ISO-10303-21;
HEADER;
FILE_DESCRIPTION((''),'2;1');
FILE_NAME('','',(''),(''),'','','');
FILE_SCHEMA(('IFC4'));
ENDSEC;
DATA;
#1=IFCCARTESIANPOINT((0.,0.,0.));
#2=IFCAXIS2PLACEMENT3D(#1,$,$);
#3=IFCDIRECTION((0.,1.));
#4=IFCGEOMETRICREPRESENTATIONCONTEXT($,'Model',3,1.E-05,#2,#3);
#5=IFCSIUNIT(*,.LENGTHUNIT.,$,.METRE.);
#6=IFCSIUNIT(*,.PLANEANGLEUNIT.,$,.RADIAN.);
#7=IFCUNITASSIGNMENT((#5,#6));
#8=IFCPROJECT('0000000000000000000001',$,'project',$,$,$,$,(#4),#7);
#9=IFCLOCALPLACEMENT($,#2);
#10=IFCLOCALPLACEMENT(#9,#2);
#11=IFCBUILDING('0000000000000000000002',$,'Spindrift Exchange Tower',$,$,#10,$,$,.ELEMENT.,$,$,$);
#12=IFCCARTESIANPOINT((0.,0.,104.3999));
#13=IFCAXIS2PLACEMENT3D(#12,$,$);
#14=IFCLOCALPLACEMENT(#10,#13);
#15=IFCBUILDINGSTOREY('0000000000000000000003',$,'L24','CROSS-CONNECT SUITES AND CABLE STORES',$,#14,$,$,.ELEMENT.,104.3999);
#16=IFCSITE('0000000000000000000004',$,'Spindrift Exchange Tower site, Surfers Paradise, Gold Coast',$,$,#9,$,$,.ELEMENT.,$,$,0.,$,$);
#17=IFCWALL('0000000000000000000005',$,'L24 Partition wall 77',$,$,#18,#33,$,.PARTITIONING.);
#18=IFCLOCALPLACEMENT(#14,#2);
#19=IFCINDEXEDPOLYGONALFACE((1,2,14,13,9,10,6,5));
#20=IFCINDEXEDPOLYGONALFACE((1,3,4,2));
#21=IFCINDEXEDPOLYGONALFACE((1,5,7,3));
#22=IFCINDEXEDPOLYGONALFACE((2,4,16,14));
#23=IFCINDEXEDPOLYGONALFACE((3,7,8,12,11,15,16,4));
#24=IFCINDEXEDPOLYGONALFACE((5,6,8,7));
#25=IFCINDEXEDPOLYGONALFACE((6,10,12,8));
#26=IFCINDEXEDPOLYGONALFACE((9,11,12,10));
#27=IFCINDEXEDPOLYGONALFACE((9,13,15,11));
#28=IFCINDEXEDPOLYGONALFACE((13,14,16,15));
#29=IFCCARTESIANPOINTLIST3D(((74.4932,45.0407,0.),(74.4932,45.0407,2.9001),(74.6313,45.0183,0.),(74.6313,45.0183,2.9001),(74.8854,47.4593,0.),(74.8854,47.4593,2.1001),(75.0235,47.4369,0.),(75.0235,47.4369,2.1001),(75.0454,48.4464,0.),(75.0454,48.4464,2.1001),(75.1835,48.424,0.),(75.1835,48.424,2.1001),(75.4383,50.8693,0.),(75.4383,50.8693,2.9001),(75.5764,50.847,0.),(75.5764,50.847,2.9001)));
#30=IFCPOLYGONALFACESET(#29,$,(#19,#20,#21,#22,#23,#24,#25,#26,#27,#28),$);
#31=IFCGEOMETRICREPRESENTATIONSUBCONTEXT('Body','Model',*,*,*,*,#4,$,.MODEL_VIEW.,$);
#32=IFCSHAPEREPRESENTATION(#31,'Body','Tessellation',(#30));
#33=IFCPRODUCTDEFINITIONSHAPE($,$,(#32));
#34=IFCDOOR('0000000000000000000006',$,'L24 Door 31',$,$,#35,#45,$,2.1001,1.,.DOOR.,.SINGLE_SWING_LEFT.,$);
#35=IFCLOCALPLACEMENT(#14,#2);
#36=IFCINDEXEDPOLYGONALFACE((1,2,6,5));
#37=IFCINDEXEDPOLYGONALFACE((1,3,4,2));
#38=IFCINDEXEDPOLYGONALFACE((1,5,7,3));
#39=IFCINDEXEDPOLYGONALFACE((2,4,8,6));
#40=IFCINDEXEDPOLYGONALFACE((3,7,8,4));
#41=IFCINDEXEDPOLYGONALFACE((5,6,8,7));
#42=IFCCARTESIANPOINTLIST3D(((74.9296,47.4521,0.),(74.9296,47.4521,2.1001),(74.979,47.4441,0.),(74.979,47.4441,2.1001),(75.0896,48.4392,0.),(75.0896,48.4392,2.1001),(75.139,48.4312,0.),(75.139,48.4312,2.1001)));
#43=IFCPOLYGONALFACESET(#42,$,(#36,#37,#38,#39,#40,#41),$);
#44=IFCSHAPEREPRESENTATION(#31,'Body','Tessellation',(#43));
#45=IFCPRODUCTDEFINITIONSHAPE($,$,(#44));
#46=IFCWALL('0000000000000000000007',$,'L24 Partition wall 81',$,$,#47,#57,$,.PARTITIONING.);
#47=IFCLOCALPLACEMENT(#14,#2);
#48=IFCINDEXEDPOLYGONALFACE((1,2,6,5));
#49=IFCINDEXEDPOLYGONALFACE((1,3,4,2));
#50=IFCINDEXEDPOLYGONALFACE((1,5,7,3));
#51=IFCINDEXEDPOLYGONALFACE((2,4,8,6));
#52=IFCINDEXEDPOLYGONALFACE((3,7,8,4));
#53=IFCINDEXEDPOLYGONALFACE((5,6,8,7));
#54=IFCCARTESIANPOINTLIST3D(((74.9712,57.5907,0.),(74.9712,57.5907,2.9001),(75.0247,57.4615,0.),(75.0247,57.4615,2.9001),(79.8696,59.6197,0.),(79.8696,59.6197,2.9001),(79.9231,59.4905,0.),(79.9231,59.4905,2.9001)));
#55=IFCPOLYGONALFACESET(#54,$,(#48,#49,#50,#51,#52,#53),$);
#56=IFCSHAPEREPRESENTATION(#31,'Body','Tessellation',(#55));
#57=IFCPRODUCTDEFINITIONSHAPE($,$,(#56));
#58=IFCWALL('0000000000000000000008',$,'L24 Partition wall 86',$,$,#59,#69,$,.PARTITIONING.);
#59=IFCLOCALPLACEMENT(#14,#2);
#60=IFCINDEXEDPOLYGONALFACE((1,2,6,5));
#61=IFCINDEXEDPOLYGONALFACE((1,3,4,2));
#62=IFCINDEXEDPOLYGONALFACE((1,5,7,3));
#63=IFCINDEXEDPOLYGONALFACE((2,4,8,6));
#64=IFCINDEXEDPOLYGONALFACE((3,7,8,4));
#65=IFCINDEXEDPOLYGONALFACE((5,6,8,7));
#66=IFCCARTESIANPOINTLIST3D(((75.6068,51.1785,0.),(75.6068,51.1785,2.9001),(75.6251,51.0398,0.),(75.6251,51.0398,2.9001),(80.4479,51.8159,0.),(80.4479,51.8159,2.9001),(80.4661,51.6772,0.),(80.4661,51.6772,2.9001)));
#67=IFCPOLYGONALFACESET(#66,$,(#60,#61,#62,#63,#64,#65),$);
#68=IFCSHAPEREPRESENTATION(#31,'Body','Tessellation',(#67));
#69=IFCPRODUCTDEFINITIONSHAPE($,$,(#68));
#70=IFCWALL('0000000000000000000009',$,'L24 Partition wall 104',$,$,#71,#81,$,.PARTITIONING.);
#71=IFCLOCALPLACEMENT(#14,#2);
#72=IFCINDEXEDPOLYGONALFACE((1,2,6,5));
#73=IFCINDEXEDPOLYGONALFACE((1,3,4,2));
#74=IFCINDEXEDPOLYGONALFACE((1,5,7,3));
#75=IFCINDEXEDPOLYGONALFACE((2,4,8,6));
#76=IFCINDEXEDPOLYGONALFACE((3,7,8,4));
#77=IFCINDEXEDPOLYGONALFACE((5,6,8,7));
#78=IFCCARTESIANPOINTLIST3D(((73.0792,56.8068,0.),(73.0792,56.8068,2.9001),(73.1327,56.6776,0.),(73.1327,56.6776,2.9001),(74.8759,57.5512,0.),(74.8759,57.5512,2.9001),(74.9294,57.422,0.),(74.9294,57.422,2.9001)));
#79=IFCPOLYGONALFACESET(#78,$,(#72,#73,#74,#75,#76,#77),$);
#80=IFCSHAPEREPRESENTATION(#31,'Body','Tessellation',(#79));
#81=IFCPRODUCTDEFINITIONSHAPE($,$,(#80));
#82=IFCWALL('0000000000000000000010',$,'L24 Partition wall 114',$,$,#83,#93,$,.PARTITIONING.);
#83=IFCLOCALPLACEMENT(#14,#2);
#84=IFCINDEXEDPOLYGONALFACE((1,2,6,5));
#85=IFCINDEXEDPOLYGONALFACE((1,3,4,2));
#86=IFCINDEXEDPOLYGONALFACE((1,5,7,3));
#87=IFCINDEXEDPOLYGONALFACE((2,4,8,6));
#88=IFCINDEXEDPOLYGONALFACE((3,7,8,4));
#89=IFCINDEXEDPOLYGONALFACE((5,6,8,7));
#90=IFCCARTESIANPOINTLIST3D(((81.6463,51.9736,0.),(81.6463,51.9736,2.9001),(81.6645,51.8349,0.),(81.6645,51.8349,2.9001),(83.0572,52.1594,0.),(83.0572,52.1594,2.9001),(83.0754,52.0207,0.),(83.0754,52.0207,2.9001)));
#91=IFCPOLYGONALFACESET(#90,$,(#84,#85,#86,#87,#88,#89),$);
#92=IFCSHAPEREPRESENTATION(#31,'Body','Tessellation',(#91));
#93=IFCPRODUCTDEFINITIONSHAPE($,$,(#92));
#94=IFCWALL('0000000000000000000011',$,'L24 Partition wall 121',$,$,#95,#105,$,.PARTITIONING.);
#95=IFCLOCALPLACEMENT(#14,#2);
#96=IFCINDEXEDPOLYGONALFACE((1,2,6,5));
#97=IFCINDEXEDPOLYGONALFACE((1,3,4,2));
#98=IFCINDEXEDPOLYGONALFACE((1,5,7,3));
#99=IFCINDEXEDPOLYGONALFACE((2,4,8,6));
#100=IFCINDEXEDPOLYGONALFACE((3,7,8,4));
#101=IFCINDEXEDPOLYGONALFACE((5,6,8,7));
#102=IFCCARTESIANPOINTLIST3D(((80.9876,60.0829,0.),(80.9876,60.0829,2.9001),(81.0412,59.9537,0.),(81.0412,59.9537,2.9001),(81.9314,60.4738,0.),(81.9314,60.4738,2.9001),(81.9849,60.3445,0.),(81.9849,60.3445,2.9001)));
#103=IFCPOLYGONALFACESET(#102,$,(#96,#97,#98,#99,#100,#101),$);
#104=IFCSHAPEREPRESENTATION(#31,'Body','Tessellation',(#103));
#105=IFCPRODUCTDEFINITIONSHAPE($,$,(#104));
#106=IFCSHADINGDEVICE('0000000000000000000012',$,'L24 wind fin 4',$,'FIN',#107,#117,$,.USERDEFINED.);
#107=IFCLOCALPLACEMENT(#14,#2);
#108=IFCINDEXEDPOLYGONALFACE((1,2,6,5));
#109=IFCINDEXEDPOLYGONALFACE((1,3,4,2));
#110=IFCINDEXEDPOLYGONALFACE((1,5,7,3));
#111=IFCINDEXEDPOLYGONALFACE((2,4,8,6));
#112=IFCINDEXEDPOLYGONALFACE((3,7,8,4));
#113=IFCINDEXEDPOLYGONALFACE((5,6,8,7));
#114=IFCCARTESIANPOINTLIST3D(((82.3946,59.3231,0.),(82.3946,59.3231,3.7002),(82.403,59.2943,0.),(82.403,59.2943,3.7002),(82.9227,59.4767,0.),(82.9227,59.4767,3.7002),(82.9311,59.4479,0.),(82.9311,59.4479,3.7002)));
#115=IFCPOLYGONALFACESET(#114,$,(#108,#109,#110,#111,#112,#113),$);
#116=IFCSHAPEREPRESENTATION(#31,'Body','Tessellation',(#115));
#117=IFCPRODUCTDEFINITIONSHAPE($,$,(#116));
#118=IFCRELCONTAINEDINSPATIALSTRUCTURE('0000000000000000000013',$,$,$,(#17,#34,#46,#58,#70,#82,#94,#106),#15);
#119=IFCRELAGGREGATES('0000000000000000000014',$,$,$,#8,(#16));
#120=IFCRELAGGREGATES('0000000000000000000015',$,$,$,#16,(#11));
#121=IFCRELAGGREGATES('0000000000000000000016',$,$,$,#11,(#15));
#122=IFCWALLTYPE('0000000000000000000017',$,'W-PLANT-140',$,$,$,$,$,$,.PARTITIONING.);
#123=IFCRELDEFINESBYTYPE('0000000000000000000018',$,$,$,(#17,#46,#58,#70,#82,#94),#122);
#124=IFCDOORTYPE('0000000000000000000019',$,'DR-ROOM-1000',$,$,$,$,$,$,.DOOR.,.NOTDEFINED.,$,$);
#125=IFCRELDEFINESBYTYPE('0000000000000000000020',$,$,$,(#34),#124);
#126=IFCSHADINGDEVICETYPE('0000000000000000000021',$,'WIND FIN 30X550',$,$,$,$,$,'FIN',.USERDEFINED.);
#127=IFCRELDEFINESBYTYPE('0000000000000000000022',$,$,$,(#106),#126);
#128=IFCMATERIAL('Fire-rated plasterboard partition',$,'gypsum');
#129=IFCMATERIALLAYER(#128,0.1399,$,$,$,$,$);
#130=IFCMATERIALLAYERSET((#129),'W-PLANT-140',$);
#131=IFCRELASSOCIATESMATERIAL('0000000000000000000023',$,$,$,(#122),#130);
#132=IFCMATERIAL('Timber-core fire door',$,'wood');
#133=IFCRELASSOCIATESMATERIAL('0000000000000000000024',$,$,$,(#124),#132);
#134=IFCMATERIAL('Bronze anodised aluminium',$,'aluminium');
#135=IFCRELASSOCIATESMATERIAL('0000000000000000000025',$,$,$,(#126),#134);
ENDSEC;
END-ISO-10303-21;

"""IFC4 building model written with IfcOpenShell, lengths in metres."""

from ifc_helpers import new_model, si_unit, direction, frame, frame_2d, origin, origin_2d, place, context, subcontext, project, spatial, rectangle, extrude, source, transform, mapped, material, layer, layer_set, material_profile, profile_set, type_object, element, fill, save


model = new_model("IFC4")

# Units and contexts
model_context = context("Model", 3, precision=1e-05, world=origin(), true_north=direction((0.0, 1.0)))
body_context = subcontext(model_context, "Body", "Model", "MODEL_VIEW")
ifc_project = project(units=[si_unit("LENGTHUNIT", "METRE"), si_unit("PLANEANGLEUNIT", "RADIAN")], contexts=[model_context])

# Site, building, storey
site_placement = place(None, origin())
site = spatial("IfcSite", under=ifc_project, at=site_placement, Name="Spindrift Exchange Tower site, Surfers Paradise, Gold Coast", CompositionType="ELEMENT", RefElevation=0.0)
building_placement = place(site_placement, origin())
building = spatial("IfcBuilding", under=site, at=building_placement, Name="Spindrift Exchange Tower", CompositionType="ELEMENT")
storey_placement = place(building_placement, frame((0.0, 0.0, 104.3999)))
storey = spatial("IfcBuildingStorey", under=building, at=storey_placement, Name="L24", Description="CROSS-CONNECT SUITES AND CABLE STORES", CompositionType="ELEMENT", Elevation=104.3999)

# Shared definitions
ifc_material_1 = material(Name="Bronze anodised aluminium", Category="aluminium")

# Wall, opening, door
ifc_material_2 = material(Name="Fire-rated plasterboard partition", Category="gypsum")
ifc_layer_1 = layer(ifc_material_2, 0.1399)
ifc_layer_set_1 = layer_set([ifc_layer_1], Name="W-PLANT-140")
wall_type = type_object("IfcWallType", Name="W-PLANT-140", PredefinedType="PARTITIONING", material=ifc_layer_set_1)
ifc_material_3 = material(Name="Timber-core fire door", Category="wood")
door_type = type_object("IfcDoorType", Name="DR-ROOM-1000", OperationType="NOTDEFINED", PredefinedType="DOOR", material=ifc_material_3)
shared_shape_1 = source(origin(), body_context, "Body", "SweptSolid", [
    extrude(rectangle(XDim=1.0, YDim=2.1001, at=frame_2d((0.5, 1.05))), frame((0.0, 0.0249, 0.0), z_axis=(0.0, -1.0, 0.0), x_axis=(1.0, 0.0, 0.0)), (0.0, 0.0, 1.0), 0.05),
])
wall_1_placement = place(storey_placement, frame((75.5073, 50.8582, 0.0), z_axis=(0.0, 0.0, 1.0), x_axis=(-0.160053, -0.987108, 0.0)))
wall_1 = element("IfcWall", 1, at=wall_1_placement, inside=storey, type_object=wall_type, Name="L24 Partition wall 77", PredefinedType="PARTITIONING", context=body_context, shape_type="SweptSolid", body=[
    extrude(rectangle(XDim=5.9048, YDim=0.1399, at=frame_2d((2.9524, 0.0))), origin(), (0.0, 0.0, 1.0), 2.9001),
])
opening_1_placement = place(wall_1_placement, frame((2.4546, 0.0, 0.0)))
opening_1 = element("IfcOpeningElement", 2, at=opening_1_placement, cuts=wall_1, PredefinedType="OPENING", context=body_context, shape_type="SweptSolid", body=[
    extrude(rectangle(XDim=1.0, YDim=2.1001, at=frame_2d((0.5, 1.05))), frame((0.0, 0.0798, 0.0), z_axis=(0.0, -1.0, 0.0), x_axis=(1.0, 0.0, 0.0)), (0.0, 0.0, 1.0), 0.1599),
])
door_1_placement = place(opening_1_placement, origin())
door_1 = element("IfcDoor", 3, at=door_1_placement, inside=storey, type_object=door_type, Name="L24 Door 31", OperationType="SINGLE_SWING_LEFT", OverallHeight=2.1001, OverallWidth=1.0, PredefinedType="DOOR", context=body_context, shape_type="MappedRepresentation", body=[
    mapped(shared_shape_1, transform((0.0, 0.0, 0.0), scale=1.0)),
])
fill(opening_1, door_1)

# Walls
wall_2_placement = place(storey_placement, frame((74.998, 57.5261, 0.0), z_axis=(0.0, 0.0, 1.0), x_axis=(0.923876, 0.382692, 0.0)))
element("IfcWall", 4, at=wall_2_placement, inside=storey, type_object=wall_type, Name="L24 Partition wall 81", PredefinedType="PARTITIONING", context=body_context, shape_type="SweptSolid", body=[
    extrude(rectangle(XDim=5.302, YDim=0.1399, at=frame_2d((2.6509, 0.0))), origin(), (0.0, 0.0, 1.0), 2.9001),
])
wall_3_placement = place(storey_placement, frame((75.616, 51.1091, 0.0), z_axis=(0.0, 0.0, 1.0), x_axis=(0.991442, 0.130549, 0.0)))
element("IfcWall", 5, at=wall_3_placement, inside=storey, type_object=wall_type, Name="L24 Partition wall 86", PredefinedType="PARTITIONING", context=body_context, shape_type="SweptSolid", body=[
    extrude(rectangle(XDim=4.8828, YDim=0.1399, at=frame_2d((2.4414, 0.0))), origin(), (0.0, 0.0, 1.0), 2.9001),
])
wall_4_placement = place(storey_placement, frame((73.106, 56.7422, 0.0), z_axis=(0.0, 0.0, 1.0), x_axis=(0.923844, 0.382769, 0.0)))
element("IfcWall", 6, at=wall_4_placement, inside=storey, type_object=wall_type, Name="L24 Partition wall 104", PredefinedType="PARTITIONING", context=body_context, shape_type="SweptSolid", body=[
    extrude(rectangle(XDim=1.9448, YDim=0.1399, at=frame_2d((0.9724, 0.0))), origin(), (0.0, 0.0, 1.0), 2.9001),
])
wall_5_placement = place(storey_placement, frame((81.6555, 51.9043, 0.0), z_axis=(0.0, 0.0, 1.0), x_axis=(0.991441, 0.130557, 0.0)))
element("IfcWall", 7, at=wall_5_placement, inside=storey, type_object=wall_type, Name="L24 Partition wall 114", PredefinedType="PARTITIONING", context=body_context, shape_type="SweptSolid", body=[
    extrude(rectangle(XDim=1.4231, YDim=0.1399, at=frame_2d((0.7114, 0.0))), origin(), (0.0, 0.0, 1.0), 2.9001),
])
wall_6_placement = place(storey_placement, frame((81.0144, 60.0183, 0.0), z_axis=(0.0, 0.0, 1.0), x_axis=(0.923909, 0.382612, 0.0)))
element("IfcWall", 8, at=wall_6_placement, inside=storey, type_object=wall_type, Name="L24 Partition wall 121", PredefinedType="PARTITIONING", context=body_context, shape_type="SweptSolid", body=[
    extrude(rectangle(XDim=1.0215, YDim=0.1399, at=frame_2d((0.5107, 0.0))), origin(), (0.0, 0.0, 1.0), 2.9001),
])

# Shading device
ifc_material_profile_1 = material_profile(ifc_material_1, rectangle(XDim=0.03, YDim=0.55, at=origin_2d()), Name="WIND FIN 30X550")
ifc_profile_set_1 = profile_set([ifc_material_profile_1], Name="Bronze anodised aluminium")
shading_device_type = type_object("IfcShadingDeviceType", Name="WIND FIN 30X550", ElementType="FIN", PredefinedType="USERDEFINED", material=ifc_profile_set_1)
shared_shape_2 = source(origin(), body_context, "Body", "SweptSolid", [
    extrude(rectangle(XDim=0.03, YDim=0.55, at=origin_2d()), origin(), (0.0, 0.0, 1.0), 3.7002),
])
shading_device_placement = place(storey_placement, frame((82.6628, 59.3855, 0.0), z_axis=(0.0, 0.0, 1.0), x_axis=(-0.279315, 0.9602, 0.0)))
element("IfcShadingDevice", 9, at=shading_device_placement, inside=storey, type_object=shading_device_type, Name="L24 wind fin 4", ObjectType="FIN", PredefinedType="USERDEFINED", context=body_context, shape_type="MappedRepresentation", body=[
    mapped(shared_shape_2, transform((0.0, 0.0, 0.0), scale=1.0)),
])

save(model, "model.ifc")
